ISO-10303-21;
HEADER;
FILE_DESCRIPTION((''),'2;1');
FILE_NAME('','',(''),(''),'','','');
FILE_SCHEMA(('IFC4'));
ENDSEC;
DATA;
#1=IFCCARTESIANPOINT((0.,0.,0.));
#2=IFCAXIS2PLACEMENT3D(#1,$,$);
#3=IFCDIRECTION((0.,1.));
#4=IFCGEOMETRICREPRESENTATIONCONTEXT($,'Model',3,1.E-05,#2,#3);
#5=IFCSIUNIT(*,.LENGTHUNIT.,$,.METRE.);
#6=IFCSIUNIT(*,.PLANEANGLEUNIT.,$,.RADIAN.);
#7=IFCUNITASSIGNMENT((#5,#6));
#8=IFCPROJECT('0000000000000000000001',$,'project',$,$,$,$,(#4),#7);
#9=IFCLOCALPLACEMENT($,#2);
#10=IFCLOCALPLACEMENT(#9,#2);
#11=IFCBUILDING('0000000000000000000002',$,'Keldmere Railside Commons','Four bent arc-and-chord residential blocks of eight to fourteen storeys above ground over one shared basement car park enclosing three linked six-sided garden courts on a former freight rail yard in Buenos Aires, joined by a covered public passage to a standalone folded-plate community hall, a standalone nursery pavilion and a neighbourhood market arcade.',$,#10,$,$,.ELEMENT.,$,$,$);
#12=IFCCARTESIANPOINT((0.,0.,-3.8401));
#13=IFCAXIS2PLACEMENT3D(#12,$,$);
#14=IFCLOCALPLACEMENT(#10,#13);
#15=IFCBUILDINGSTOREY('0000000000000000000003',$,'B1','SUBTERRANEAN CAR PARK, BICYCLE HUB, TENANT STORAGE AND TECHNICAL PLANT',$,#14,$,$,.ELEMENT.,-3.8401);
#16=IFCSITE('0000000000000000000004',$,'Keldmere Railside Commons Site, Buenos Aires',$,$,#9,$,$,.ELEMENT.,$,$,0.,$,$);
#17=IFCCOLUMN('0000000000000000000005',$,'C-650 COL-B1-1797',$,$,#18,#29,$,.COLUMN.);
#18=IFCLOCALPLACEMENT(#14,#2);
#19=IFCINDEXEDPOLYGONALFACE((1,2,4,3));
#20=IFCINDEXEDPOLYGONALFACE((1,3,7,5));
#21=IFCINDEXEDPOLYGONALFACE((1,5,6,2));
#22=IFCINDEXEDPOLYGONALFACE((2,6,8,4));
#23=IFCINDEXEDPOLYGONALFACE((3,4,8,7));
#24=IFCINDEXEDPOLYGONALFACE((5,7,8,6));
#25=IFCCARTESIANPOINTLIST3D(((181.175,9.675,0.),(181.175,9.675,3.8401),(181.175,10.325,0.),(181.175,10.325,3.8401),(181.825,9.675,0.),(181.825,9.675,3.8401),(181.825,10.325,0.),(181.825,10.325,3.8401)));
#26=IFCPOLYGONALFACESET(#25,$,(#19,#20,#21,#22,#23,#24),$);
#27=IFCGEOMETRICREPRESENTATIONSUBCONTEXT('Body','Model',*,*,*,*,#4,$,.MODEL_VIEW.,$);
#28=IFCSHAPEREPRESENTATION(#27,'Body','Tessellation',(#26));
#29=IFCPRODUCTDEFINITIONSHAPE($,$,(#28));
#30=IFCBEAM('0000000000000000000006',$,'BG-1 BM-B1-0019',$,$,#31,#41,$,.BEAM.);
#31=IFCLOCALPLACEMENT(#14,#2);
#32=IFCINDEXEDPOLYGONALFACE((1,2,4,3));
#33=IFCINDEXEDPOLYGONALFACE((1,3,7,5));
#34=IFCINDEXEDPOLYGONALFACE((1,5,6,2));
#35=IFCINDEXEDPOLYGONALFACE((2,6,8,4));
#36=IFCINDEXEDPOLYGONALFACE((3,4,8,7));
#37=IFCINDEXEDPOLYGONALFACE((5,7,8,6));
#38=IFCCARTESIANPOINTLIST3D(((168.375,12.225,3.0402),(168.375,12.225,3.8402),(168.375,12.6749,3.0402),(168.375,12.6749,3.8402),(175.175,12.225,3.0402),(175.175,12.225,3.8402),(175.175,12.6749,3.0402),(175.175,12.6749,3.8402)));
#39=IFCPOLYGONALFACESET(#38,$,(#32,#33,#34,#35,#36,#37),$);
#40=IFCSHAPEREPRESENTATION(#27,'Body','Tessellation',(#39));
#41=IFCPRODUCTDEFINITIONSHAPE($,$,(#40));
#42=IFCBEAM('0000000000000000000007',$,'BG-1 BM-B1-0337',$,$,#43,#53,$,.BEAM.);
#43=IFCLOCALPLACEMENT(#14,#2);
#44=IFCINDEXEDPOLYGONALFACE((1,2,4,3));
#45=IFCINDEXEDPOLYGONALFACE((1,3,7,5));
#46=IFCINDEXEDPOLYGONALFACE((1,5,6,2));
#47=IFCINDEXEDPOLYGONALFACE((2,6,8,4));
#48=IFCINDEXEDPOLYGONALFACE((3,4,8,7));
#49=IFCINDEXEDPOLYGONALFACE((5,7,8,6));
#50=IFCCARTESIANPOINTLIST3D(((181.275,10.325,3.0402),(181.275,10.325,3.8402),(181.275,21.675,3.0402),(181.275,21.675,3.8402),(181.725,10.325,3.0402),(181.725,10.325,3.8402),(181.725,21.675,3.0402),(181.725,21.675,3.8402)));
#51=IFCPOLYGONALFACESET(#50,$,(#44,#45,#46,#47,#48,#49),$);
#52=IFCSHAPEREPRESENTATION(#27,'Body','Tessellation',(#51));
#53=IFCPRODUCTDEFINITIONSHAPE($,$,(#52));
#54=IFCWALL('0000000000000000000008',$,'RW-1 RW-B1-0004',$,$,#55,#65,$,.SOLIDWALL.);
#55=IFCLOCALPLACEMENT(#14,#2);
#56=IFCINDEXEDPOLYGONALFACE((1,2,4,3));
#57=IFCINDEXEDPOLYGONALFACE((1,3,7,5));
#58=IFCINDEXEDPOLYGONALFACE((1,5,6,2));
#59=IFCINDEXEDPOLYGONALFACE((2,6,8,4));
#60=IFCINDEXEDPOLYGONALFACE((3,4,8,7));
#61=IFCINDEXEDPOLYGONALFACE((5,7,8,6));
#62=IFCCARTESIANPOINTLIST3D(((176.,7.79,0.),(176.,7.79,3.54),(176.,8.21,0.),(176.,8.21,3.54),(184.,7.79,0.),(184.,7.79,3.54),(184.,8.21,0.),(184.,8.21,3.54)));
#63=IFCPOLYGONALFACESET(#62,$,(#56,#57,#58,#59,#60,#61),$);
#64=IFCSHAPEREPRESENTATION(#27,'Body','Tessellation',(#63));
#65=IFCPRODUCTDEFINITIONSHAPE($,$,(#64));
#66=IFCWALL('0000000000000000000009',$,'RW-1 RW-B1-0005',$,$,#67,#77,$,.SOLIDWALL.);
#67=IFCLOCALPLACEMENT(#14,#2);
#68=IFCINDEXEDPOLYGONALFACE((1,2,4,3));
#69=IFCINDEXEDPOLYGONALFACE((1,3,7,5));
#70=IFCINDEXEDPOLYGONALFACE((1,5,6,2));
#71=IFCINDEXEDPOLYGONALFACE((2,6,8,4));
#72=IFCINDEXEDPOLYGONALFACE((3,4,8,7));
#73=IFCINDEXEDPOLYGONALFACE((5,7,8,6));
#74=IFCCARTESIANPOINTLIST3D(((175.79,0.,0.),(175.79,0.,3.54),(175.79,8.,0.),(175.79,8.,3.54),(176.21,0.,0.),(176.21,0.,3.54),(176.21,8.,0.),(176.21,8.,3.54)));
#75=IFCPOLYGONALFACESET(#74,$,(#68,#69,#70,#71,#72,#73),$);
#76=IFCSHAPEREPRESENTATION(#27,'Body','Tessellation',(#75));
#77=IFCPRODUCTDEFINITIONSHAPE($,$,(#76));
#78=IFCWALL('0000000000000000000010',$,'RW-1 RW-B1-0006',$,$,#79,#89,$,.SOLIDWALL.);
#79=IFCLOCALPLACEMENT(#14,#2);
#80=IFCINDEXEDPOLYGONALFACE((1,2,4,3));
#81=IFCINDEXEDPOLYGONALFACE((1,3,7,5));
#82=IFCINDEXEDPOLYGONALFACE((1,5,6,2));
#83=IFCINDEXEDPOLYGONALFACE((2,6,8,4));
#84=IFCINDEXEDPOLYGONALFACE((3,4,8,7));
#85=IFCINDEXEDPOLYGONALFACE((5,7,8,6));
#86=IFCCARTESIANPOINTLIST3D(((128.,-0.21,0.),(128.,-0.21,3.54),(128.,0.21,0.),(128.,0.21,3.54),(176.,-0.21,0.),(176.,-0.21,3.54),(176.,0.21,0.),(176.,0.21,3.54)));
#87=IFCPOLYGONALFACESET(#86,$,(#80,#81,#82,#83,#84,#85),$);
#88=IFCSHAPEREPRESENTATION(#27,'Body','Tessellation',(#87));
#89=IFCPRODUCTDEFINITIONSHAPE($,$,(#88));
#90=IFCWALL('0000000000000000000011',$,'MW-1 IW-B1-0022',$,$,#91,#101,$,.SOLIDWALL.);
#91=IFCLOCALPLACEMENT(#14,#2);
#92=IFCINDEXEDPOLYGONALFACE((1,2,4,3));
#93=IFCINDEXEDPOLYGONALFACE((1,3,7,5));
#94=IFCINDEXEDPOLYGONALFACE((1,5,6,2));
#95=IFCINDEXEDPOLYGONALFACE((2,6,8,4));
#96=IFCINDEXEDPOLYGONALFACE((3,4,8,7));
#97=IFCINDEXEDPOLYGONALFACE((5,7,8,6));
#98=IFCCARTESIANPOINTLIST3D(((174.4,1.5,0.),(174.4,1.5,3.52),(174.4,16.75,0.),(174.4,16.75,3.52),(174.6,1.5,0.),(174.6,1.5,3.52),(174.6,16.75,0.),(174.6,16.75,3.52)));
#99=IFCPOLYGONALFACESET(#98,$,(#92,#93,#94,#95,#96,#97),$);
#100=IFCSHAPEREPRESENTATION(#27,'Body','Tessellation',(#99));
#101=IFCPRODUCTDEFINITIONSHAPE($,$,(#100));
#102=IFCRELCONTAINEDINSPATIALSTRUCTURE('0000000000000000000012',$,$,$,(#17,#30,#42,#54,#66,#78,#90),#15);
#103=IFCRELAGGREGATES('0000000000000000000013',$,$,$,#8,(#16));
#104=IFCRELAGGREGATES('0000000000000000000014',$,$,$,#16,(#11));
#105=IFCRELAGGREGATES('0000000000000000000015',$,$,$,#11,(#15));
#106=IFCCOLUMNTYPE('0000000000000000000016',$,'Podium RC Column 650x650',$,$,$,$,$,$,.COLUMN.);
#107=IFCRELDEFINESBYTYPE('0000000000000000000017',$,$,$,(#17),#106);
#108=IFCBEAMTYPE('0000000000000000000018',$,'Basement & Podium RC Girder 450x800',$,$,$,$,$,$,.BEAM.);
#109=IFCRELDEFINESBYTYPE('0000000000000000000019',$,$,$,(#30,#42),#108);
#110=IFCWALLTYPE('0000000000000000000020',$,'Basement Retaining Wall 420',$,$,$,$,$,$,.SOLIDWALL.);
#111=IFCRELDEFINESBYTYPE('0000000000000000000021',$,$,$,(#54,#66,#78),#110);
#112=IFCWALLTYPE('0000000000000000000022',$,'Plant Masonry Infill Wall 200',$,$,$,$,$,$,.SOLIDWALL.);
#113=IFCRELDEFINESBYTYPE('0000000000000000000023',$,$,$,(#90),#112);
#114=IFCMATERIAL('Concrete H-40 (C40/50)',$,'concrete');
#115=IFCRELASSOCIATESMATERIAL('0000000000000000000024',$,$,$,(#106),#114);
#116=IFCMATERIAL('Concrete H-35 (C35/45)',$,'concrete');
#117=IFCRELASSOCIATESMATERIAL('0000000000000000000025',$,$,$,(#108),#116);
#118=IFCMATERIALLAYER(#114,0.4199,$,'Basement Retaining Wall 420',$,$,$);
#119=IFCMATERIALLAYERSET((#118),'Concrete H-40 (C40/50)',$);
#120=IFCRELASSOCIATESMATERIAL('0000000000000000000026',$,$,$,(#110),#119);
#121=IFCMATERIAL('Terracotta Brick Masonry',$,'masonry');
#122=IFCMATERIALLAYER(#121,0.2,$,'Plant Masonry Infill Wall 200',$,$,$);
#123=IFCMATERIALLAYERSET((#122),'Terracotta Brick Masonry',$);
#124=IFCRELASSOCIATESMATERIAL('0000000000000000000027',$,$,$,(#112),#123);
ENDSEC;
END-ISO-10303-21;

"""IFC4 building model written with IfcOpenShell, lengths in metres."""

from ifc_helpers import new_model, si_unit, direction, frame, frame_2d, origin, origin_2d, place, context, subcontext, project, spatial, rectangle, extrude, material, layer, layer_set, material_profile, profile_set, type_object, element, save


model = new_model("IFC4")

# Units and contexts
model_context = context("Model", 3, precision=1e-05, world=origin(), true_north=direction((0.0, 1.0)))
body_context = subcontext(model_context, "Body", "Model", "MODEL_VIEW")
ifc_project = project(units=[si_unit("LENGTHUNIT", "METRE"), si_unit("PLANEANGLEUNIT", "RADIAN")], contexts=[model_context])

# Site, building, storey
site_placement = place(None, origin())
site = spatial("IfcSite", under=ifc_project, at=site_placement, Name="Keldmere Railside Commons Site, Buenos Aires", CompositionType="ELEMENT", RefElevation=0.0)
building_placement = place(site_placement, origin())
building = spatial("IfcBuilding", under=site, at=building_placement, Name="Keldmere Railside Commons", Description="Four bent arc-and-chord residential blocks of eight to fourteen storeys above ground over one shared basement car park enclosing three linked six-sided garden courts on a former freight rail yard in Buenos Aires, joined by a covered public passage to a standalone folded-plate community hall, a standalone nursery pavilion and a neighbourhood market arcade.", CompositionType="ELEMENT")
storey_placement = place(building_placement, frame((0.0, 0.0, -3.8401)))
storey = spatial("IfcBuildingStorey", under=building, at=storey_placement, Name="B1", Description="SUBTERRANEAN CAR PARK, BICYCLE HUB, TENANT STORAGE AND TECHNICAL PLANT", CompositionType="ELEMENT", Elevation=-3.8401)

# Shared definitions
ifc_material_1 = material(Name="Concrete H-40 (C40/50)", Category="concrete")

# Column
ifc_material_profile_1 = material_profile(ifc_material_1, rectangle(XDim=0.6499, YDim=0.6499, at=origin_2d()), Name="RC-650x650")
ifc_profile_set_1 = profile_set([ifc_material_profile_1], Name="Concrete H-40 (C40/50)")
column_type_1 = type_object("IfcColumnType", Name="Podium RC Column 650x650", PredefinedType="COLUMN", material=ifc_profile_set_1)
for number, where, z_axis, x_axis, name in (
    (1, (181.5, 10.0, 0.0), (0.0, 0.0, 1.0), (1.0, 0.0, 0.0), "C-650 COL-B1-1797"),
):
    element("IfcColumn", number, at=place(storey_placement, frame(where, z_axis=z_axis, x_axis=x_axis)), inside=storey, type_object=column_type_1, Name=name, PredefinedType="COLUMN", context=body_context, shape_type="SweptSolid", body=[
        extrude(rectangle(XDim=0.6499, YDim=0.6499, at=origin_2d()), origin(), (0.0, 0.0, 1.0), 3.8401),
    ])

# Beams
ifc_material_2 = material(Name="Concrete H-35 (C35/45)", Category="concrete")
ifc_material_profile_2 = material_profile(ifc_material_2, rectangle(XDim=0.45, YDim=0.8, at=origin_2d()), Name="RC-450x800")
ifc_profile_set_2 = profile_set([ifc_material_profile_2], Name="Concrete H-35 (C35/45)")
beam_type = type_object("IfcBeamType", Name="Basement & Podium RC Girder 450x800", PredefinedType="BEAM", material=ifc_profile_set_2)
beam_1_placement = place(storey_placement, frame((168.375, 12.45, 3.4402), z_axis=(1.0, 0.0, 0.0), x_axis=(0.0, 1.0, 0.0)))
element("IfcBeam", 2, at=beam_1_placement, inside=storey, type_object=beam_type, Name="BG-1 BM-B1-0019", PredefinedType="BEAM", context=body_context, shape_type="SweptSolid", body=[
    extrude(rectangle(XDim=0.45, YDim=0.8, at=origin_2d()), origin(), (0.0, 0.0, 1.0), 6.8),
])
beam_2_placement = place(storey_placement, frame((181.5, 10.325, 3.4402), z_axis=(0.0, 1.0, 0.0), x_axis=(-1.0, 0.0, 0.0)))
element("IfcBeam", 3, at=beam_2_placement, inside=storey, type_object=beam_type, Name="BG-1 BM-B1-0337", PredefinedType="BEAM", context=body_context, shape_type="SweptSolid", body=[
    extrude(rectangle(XDim=0.45, YDim=0.8, at=origin_2d()), origin(), (0.0, 0.0, 1.0), 11.3501),
])

# Walls
ifc_layer_1 = layer(ifc_material_1, 0.4199, Name="Basement Retaining Wall 420")
ifc_layer_set_1 = layer_set([ifc_layer_1], Name="Concrete H-40 (C40/50)")
wall_type_1 = type_object("IfcWallType", Name="Basement Retaining Wall 420", PredefinedType="SOLIDWALL", material=ifc_layer_set_1)
for number, where, z_axis, x_axis, name in (
    (4, (184.0, 8.0, 0.0), (0.0, 0.0, 1.0), (-1.0, 0.0, 0.0), "RW-1 RW-B1-0004"),
    (5, (176.0, 8.0, 0.0), (0.0, 0.0, 1.0), (0.0, -1.0, 0.0), "RW-1 RW-B1-0005"),
):
    element("IfcWall", number, at=place(storey_placement, frame(where, z_axis=z_axis, x_axis=x_axis)), inside=storey, type_object=wall_type_1, Name=name, PredefinedType="SOLIDWALL", context=body_context, shape_type="SweptSolid", body=[
        extrude(rectangle(XDim=8.0, YDim=0.4199, at=frame_2d((4.0, 0.0))), origin(), (0.0, 0.0, 1.0), 3.54),
    ])
wall_1_placement = place(storey_placement, frame((176.0, 0.0, 0.0), z_axis=(0.0, 0.0, 1.0), x_axis=(-1.0, 0.0, 0.0)))
element("IfcWall", 6, at=wall_1_placement, inside=storey, type_object=wall_type_1, Name="RW-1 RW-B1-0006", PredefinedType="SOLIDWALL", context=body_context, shape_type="SweptSolid", body=[
    extrude(rectangle(XDim=48.0, YDim=0.4199, at=frame_2d((24.0, 0.0))), origin(), (0.0, 0.0, 1.0), 3.54),
])
ifc_material_3 = material(Name="Terracotta Brick Masonry", Category="masonry")
ifc_layer_2 = layer(ifc_material_3, 0.2, Name="Plant Masonry Infill Wall 200")
ifc_layer_set_2 = layer_set([ifc_layer_2], Name="Terracotta Brick Masonry")
wall_type_2 = type_object("IfcWallType", Name="Plant Masonry Infill Wall 200", PredefinedType="SOLIDWALL", material=ifc_layer_set_2)
wall_2_placement = place(storey_placement, frame((174.5, 1.5, 0.0), z_axis=(0.0, 0.0, 1.0), x_axis=(0.0, 1.0, 0.0)))
element("IfcWall", 7, at=wall_2_placement, inside=storey, type_object=wall_type_2, Name="MW-1 IW-B1-0022", PredefinedType="SOLIDWALL", context=body_context, shape_type="SweptSolid", body=[
    extrude(rectangle(XDim=15.25, YDim=0.2, at=frame_2d((7.625, 0.0))), origin(), (0.0, 0.0, 1.0), 3.52),
])

save(model, "model.ifc")
